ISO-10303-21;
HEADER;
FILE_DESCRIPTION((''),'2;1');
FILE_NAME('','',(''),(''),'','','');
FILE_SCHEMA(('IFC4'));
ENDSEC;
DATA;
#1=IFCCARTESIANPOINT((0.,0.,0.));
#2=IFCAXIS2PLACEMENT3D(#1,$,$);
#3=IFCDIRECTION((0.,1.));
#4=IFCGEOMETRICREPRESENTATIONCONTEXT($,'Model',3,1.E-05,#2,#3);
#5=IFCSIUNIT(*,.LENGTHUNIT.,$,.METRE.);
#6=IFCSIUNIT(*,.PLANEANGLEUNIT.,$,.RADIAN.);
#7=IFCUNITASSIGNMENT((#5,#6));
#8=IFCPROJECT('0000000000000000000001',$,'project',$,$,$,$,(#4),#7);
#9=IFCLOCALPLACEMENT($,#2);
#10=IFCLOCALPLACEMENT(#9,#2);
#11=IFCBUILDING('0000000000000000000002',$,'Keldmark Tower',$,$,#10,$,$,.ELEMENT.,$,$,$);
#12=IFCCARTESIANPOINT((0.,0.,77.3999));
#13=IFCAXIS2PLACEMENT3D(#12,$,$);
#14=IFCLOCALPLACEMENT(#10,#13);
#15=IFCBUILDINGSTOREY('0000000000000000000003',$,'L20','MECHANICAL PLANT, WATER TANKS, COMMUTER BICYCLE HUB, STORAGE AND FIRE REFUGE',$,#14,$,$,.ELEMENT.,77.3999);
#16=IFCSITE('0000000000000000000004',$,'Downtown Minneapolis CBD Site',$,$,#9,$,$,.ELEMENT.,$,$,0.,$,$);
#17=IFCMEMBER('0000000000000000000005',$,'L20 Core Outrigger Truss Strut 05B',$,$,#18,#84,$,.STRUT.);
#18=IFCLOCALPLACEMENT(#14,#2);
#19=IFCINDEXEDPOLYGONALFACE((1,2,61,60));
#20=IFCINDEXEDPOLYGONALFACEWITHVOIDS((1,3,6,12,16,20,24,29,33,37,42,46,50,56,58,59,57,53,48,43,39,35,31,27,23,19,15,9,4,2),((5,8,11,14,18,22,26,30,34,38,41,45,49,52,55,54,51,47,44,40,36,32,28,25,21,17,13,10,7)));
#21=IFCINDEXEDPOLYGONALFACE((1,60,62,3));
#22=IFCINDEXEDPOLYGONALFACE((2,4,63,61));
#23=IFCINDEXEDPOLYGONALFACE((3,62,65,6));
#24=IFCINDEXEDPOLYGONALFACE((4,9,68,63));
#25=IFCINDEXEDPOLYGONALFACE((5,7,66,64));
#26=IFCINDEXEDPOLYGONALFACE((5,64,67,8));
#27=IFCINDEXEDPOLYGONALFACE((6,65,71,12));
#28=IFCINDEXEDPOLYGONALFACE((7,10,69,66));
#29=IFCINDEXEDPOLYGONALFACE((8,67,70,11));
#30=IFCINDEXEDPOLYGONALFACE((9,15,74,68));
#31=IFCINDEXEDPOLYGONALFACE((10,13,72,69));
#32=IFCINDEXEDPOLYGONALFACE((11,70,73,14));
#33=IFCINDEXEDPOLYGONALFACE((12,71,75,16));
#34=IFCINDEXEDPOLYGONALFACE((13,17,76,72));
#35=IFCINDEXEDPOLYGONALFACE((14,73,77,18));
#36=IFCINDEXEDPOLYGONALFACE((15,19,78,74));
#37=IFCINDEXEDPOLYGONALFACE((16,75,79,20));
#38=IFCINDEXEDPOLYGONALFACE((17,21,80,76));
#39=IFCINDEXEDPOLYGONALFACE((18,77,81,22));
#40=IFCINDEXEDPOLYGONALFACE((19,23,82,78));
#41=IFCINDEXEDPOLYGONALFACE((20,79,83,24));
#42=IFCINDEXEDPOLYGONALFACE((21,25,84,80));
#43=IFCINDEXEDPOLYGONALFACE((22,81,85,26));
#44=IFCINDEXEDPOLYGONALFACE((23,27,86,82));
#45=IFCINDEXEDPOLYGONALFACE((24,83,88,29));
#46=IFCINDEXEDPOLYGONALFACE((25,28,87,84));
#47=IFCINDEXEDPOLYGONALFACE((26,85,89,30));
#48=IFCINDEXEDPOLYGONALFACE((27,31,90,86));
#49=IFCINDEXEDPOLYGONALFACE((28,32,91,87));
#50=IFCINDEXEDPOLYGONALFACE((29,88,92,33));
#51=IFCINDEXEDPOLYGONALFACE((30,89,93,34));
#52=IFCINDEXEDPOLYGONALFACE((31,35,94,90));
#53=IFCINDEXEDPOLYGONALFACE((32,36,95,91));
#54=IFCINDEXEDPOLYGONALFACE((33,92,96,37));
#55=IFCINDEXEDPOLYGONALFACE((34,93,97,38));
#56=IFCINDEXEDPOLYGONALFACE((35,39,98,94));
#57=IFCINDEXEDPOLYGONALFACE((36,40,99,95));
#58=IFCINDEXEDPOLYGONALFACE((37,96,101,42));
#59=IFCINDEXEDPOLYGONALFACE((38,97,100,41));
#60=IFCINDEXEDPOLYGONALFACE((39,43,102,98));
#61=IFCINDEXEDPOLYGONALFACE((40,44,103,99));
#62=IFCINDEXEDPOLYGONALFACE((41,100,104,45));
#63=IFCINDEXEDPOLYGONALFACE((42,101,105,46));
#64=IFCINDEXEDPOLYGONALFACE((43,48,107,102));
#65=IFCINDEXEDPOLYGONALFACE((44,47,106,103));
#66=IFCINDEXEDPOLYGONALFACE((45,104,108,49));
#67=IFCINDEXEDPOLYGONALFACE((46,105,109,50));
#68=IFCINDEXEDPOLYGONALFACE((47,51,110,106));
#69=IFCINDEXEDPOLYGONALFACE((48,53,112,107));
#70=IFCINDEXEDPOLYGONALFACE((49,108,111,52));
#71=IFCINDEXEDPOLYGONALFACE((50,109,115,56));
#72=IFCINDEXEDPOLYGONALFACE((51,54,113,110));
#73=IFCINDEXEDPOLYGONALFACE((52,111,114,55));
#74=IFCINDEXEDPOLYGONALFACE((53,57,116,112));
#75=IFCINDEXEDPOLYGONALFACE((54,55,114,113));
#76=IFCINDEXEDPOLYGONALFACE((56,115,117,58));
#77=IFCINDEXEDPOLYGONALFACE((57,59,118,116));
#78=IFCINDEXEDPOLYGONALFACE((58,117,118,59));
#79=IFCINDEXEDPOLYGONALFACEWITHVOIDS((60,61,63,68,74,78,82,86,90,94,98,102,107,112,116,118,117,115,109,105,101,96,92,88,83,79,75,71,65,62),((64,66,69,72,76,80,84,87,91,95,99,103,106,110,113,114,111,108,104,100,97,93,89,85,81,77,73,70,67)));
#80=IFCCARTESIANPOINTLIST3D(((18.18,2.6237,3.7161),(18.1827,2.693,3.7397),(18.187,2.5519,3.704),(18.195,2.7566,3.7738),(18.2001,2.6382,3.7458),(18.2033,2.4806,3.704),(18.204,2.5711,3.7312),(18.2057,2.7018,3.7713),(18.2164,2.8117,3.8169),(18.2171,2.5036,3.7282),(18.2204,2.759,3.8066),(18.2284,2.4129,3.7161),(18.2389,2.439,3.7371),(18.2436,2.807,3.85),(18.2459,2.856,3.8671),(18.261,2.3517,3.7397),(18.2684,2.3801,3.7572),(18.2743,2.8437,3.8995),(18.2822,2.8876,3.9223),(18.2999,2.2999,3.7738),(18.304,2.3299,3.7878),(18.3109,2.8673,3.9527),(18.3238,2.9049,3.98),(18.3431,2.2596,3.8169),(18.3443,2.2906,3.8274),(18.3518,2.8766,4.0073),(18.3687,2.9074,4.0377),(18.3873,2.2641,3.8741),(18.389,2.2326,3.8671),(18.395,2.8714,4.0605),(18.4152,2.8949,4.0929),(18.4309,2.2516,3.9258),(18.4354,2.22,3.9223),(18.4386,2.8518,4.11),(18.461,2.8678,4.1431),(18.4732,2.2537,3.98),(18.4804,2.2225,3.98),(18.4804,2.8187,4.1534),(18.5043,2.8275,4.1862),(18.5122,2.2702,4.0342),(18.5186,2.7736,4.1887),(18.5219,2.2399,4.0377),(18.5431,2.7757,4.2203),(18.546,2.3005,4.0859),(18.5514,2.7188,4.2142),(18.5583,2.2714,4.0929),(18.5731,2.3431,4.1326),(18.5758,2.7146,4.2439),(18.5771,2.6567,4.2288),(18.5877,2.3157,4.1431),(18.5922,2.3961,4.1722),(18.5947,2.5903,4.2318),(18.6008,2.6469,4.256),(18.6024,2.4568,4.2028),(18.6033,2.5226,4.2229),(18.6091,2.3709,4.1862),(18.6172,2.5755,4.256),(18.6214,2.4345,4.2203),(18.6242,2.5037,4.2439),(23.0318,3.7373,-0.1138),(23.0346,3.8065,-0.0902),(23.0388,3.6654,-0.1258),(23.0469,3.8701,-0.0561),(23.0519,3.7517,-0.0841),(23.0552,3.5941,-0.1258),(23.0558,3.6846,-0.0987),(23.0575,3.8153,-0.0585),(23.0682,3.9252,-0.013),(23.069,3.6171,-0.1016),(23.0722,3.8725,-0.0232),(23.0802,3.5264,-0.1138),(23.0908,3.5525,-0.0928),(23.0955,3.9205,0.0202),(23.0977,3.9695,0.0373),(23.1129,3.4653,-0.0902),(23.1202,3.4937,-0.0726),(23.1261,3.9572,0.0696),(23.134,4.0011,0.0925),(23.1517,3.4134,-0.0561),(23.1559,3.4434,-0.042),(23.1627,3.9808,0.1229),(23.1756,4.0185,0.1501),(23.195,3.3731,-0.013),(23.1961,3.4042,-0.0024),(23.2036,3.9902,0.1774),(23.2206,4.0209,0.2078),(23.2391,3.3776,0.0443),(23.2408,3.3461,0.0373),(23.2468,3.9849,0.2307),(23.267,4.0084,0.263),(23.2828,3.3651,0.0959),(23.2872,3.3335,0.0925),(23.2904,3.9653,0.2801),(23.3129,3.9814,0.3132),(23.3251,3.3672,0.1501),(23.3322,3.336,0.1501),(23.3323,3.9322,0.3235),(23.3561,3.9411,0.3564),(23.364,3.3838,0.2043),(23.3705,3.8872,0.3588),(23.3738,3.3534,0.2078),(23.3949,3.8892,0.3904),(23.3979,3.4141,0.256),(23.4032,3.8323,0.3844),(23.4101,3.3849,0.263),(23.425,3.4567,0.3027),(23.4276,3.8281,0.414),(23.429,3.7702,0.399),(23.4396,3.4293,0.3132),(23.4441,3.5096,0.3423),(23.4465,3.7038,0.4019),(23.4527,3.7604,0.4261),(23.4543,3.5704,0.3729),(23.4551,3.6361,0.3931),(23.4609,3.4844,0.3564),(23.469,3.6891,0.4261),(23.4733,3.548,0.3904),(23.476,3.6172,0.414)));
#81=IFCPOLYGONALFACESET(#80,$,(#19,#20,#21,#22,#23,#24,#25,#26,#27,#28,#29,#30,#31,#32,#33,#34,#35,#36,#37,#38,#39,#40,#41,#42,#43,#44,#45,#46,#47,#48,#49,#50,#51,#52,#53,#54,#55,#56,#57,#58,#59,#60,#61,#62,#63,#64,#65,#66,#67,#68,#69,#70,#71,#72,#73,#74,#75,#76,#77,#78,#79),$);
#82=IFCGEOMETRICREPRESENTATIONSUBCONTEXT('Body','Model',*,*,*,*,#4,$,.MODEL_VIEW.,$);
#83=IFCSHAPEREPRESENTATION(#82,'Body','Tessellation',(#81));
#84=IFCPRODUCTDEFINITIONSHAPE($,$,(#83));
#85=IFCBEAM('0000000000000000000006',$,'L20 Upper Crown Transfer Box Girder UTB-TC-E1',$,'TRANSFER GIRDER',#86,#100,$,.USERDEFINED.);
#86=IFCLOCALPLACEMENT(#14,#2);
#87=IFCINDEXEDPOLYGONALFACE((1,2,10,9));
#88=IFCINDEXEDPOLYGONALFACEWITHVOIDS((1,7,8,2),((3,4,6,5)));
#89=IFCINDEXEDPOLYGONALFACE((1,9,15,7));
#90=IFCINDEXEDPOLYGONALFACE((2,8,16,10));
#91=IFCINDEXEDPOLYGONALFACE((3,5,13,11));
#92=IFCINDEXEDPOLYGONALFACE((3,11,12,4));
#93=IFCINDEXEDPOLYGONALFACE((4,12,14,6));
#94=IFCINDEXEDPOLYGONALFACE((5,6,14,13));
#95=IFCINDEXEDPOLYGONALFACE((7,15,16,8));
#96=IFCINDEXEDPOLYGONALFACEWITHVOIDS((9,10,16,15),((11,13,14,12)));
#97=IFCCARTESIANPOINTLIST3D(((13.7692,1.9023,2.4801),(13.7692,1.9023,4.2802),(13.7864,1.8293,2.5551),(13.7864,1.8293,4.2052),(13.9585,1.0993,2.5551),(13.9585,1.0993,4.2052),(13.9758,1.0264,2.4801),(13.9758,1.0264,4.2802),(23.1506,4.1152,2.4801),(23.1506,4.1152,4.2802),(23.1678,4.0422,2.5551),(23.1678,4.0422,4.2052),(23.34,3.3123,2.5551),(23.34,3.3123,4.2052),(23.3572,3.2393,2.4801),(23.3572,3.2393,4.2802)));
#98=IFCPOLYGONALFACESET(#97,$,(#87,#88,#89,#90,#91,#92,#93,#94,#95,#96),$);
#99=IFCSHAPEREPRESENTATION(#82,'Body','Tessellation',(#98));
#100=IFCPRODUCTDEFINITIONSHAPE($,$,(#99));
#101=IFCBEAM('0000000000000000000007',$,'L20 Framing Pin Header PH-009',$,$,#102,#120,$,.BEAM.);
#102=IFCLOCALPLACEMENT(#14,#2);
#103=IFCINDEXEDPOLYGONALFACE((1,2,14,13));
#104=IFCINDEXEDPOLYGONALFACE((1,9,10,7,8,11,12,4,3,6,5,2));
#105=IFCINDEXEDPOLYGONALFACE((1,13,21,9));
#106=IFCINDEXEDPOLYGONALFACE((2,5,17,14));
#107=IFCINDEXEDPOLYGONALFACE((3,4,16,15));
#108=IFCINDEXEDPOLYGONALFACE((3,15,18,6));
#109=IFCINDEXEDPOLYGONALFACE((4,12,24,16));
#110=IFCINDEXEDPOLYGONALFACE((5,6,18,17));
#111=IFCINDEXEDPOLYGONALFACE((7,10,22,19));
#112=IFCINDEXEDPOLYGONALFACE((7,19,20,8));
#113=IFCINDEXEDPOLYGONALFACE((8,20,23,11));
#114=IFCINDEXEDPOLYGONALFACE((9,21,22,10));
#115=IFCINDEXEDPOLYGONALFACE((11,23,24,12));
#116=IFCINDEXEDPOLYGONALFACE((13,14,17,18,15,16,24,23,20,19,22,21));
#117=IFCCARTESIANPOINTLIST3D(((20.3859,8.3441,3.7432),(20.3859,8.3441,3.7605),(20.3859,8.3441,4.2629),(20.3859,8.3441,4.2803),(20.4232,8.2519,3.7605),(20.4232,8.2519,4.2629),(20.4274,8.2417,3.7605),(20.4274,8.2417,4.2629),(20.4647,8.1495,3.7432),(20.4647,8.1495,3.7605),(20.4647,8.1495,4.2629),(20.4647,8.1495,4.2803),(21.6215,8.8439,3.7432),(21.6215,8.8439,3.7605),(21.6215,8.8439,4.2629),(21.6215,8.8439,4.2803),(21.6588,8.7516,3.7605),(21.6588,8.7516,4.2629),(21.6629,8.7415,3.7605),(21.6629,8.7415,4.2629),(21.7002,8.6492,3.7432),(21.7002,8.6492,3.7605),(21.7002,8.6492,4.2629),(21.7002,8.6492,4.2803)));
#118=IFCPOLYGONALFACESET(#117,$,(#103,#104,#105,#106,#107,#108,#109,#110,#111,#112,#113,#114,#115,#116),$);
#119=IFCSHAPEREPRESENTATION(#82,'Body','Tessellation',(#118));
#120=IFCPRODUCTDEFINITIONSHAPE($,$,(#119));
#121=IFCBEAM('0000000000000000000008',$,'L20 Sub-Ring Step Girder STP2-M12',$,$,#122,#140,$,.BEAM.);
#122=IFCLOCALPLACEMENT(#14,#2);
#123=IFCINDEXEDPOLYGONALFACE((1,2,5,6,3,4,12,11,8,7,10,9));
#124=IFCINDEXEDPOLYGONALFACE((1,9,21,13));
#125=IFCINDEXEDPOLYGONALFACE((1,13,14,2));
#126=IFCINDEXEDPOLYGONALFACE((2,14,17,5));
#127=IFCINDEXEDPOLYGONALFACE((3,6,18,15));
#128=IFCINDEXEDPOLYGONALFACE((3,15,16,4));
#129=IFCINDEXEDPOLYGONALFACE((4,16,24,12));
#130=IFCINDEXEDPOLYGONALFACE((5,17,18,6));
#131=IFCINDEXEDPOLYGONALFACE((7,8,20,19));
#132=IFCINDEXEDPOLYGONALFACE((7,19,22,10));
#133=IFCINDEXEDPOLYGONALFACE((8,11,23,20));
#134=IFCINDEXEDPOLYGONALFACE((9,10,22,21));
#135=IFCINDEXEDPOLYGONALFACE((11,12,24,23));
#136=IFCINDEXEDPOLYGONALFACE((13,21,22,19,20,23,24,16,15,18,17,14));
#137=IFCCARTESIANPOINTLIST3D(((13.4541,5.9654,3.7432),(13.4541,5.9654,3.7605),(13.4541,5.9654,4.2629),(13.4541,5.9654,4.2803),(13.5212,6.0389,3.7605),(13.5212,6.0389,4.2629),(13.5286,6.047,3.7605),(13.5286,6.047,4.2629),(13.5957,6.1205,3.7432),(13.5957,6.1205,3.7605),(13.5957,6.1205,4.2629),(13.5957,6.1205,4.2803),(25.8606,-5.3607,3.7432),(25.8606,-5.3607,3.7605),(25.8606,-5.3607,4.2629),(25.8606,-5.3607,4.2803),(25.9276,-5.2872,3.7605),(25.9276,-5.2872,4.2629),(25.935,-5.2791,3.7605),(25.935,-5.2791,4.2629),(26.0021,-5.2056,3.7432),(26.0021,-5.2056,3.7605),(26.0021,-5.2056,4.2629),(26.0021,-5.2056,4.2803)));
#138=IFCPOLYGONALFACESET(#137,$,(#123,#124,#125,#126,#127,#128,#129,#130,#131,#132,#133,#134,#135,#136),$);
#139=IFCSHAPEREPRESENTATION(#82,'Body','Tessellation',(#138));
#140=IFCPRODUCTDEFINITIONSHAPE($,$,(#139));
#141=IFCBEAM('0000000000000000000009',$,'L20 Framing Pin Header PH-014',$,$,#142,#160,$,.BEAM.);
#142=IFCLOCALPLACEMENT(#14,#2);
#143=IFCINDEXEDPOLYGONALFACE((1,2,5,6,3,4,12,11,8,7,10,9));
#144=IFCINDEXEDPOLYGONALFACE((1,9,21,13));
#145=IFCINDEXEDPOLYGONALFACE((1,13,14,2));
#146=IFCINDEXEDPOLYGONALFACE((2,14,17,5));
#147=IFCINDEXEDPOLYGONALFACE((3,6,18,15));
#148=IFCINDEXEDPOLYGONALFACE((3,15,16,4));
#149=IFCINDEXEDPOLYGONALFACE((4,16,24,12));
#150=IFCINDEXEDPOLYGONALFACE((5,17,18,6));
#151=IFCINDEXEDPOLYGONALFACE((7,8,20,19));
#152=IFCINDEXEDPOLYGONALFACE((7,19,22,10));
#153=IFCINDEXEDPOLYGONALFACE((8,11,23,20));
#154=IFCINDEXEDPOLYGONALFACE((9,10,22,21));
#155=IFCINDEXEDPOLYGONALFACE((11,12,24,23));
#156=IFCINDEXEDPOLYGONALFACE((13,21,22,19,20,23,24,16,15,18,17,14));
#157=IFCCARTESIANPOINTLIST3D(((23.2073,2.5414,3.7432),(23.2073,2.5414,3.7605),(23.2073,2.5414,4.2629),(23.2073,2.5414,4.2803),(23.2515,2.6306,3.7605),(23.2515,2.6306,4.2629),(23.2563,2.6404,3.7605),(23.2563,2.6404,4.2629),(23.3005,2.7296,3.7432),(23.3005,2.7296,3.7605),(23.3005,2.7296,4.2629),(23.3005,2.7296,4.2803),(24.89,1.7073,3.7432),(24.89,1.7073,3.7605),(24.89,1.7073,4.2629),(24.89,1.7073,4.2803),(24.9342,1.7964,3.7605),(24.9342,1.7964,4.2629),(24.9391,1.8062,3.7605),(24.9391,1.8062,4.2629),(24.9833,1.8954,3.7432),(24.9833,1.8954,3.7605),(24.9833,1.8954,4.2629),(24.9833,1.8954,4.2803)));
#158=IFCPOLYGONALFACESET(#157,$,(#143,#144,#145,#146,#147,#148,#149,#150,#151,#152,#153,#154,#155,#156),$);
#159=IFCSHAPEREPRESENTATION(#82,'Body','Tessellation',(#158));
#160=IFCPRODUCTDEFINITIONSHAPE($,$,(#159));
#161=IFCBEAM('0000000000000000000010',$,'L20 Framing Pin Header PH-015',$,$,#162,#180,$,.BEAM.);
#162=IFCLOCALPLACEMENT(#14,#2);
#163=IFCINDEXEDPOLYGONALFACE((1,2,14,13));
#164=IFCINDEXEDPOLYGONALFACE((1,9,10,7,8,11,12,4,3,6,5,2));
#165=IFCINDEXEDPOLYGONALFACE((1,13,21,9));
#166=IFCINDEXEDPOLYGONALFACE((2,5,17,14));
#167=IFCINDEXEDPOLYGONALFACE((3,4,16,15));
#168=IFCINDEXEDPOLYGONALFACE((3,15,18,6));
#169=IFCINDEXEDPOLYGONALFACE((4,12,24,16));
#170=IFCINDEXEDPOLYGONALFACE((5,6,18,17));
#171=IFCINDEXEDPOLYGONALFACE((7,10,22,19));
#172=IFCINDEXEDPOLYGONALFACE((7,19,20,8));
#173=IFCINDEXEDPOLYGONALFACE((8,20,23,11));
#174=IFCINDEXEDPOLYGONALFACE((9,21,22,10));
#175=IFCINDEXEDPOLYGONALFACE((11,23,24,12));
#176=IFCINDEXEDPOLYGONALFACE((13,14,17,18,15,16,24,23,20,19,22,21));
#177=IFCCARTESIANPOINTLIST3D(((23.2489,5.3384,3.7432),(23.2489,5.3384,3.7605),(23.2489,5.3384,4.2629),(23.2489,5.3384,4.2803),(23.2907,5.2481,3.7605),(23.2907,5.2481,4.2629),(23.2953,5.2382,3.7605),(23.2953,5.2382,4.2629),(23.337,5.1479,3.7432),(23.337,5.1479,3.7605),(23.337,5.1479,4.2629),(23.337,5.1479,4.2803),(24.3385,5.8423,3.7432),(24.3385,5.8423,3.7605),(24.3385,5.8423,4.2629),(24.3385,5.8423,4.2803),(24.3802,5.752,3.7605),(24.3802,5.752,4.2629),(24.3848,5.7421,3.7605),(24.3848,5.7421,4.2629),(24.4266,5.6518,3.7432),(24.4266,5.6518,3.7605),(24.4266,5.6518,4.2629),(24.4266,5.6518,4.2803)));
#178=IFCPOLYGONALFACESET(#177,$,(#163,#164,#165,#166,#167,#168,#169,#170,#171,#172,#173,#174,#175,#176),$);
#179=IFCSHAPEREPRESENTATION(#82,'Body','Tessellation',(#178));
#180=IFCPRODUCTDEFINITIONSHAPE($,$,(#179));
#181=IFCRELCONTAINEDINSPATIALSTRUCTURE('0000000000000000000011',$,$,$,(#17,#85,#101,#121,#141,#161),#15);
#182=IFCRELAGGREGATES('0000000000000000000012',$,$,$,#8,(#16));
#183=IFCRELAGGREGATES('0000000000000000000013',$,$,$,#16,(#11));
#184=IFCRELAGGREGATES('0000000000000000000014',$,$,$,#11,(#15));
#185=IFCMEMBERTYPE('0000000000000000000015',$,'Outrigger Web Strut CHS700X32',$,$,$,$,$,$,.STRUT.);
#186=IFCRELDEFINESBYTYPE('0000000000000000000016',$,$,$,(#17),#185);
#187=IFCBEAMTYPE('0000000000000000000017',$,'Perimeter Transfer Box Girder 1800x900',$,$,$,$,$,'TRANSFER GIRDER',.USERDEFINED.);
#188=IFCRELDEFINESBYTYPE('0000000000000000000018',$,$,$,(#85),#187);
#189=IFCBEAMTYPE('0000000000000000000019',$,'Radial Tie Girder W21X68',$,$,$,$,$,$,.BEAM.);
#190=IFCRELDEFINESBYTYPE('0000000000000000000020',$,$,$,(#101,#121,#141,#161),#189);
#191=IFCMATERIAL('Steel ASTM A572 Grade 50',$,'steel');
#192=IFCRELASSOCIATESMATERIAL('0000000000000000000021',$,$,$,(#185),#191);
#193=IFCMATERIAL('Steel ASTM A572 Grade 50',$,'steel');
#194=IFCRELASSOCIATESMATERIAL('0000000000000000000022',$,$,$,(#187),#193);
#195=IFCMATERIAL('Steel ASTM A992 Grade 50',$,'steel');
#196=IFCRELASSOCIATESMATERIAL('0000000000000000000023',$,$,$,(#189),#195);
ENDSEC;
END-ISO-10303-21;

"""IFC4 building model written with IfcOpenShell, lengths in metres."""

from ifc_helpers import new_model, si_unit, direction, frame, origin, origin_2d, place, context, subcontext, project, spatial, hollow_rectangle, hollow_circle, i_section, extrude, material, material_profile, profile_set, type_object, element, save


model = new_model("IFC4")

# Units and contexts
model_context = context("Model", 3, precision=1e-05, world=origin(), true_north=direction((0.0, 1.0)))
body_context = subcontext(model_context, "Body", "Model", "MODEL_VIEW")
ifc_project = project(units=[si_unit("LENGTHUNIT", "METRE"), si_unit("PLANEANGLEUNIT", "RADIAN")], contexts=[model_context])

# Site, building, storey
site_placement = place(None, origin())
site = spatial("IfcSite", under=ifc_project, at=site_placement, Name="Downtown Minneapolis CBD Site", CompositionType="ELEMENT", RefElevation=0.0)
building_placement = place(site_placement, origin())
building = spatial("IfcBuilding", under=site, at=building_placement, Name="Keldmark Tower", CompositionType="ELEMENT")
storey_placement = place(building_placement, frame((0.0, 0.0, 77.3999)))
storey = spatial("IfcBuildingStorey", under=building, at=storey_placement, Name="L20", Description="MECHANICAL PLANT, WATER TANKS, COMMUTER BICYCLE HUB, STORAGE AND FIRE REFUGE", CompositionType="ELEMENT", Elevation=77.3999)

# Member
ifc_material_1 = material(Name="Steel ASTM A572 Grade 50", Category="steel")
ifc_material_profile_1 = material_profile(ifc_material_1, hollow_circle(Radius=0.3501, WallThickness=0.032, at=origin_2d()), Name="CHS700X32")
ifc_profile_set_1 = profile_set([ifc_material_profile_1], Name="Steel ASTM A572 Grade 50")
member_type_1 = type_object("IfcMemberType", Name="Outrigger Web Strut CHS700X32", PredefinedType="STRUT", material=ifc_profile_set_1)
member_1_placement = place(storey_placement, frame((23.2539, 3.6772, 0.1501), z_axis=(-0.772491, -0.177292, 0.609775), x_axis=(0.223692, -0.97466, 0.0)))
element("IfcMember", 1, at=member_1_placement, inside=storey, type_object=member_type_1, Name="L20 Core Outrigger Truss Strut 05B", PredefinedType="STRUT", context=body_context, shape_type="SweptSolid", body=[
    extrude(hollow_circle(Radius=0.3501, WallThickness=0.032, at=origin_2d()), origin(), (0.0, 0.0, 1.0), 6.2808),
])

# Beams
ifc_material_2 = material(Name="Steel ASTM A572 Grade 50", Category="steel")
ifc_material_profile_2 = material_profile(ifc_material_2, hollow_rectangle(XDim=0.8999, YDim=1.8, WallThickness=0.075, at=origin_2d()), Name="TBOX1800X900X75")
ifc_profile_set_2 = profile_set([ifc_material_profile_2], Name="Steel ASTM A572 Grade 50")
beam_type_1 = type_object("IfcBeamType", Name="Perimeter Transfer Box Girder 1800x900", ElementType="TRANSFER GIRDER", PredefinedType="USERDEFINED", material=ifc_profile_set_2)
beam_1_placement = place(storey_placement, frame((23.2539, 3.6772, 3.3801), z_axis=(-0.973289, -0.229581, 0.0), x_axis=(0.229581, -0.973289, 0.0)))
element("IfcBeam", 2, at=beam_1_placement, inside=storey, type_object=beam_type_1, Name="L20 Upper Crown Transfer Box Girder UTB-TC-E1", ObjectType="TRANSFER GIRDER", PredefinedType="USERDEFINED", context=body_context, shape_type="SweptSolid", body=[
    extrude(hollow_rectangle(XDim=0.8999, YDim=1.8, WallThickness=0.075, at=origin_2d()), origin(), (0.0, 0.0, 1.0), 9.6389),
])
ifc_material_3 = material(Name="Steel ASTM A992 Grade 50", Category="steel")
ifc_material_profile_3 = material_profile(ifc_material_3, i_section(OverallWidth=0.21, OverallDepth=0.5371, WebThickness=0.011, FlangeThickness=0.0173, at=origin_2d()), Name="W21X68")
ifc_profile_set_3 = profile_set([ifc_material_profile_3], Name="Steel ASTM A992 Grade 50")
beam_type_2 = type_object("IfcBeamType", Name="Radial Tie Girder W21X68", PredefinedType="BEAM", material=ifc_profile_set_3)
beam_2_placement = place(storey_placement, frame((20.4253, 8.2468, 4.0117), z_axis=(0.927042, 0.374957, 0.0), x_axis=(-0.374957, 0.927042, 0.0)))
element("IfcBeam", 3, at=beam_2_placement, inside=storey, type_object=beam_type_2, Name="L20 Framing Pin Header PH-009", PredefinedType="BEAM", context=body_context, shape_type="SweptSolid", body=[
    extrude(i_section(OverallWidth=0.21, OverallDepth=0.5371, WebThickness=0.011, FlangeThickness=0.0173, at=origin_2d()), origin(), (0.0, 0.0, 1.0), 1.3328),
])
beam_3_placement = place(storey_placement, frame((13.5249, 6.043, 4.0117), z_axis=(0.73853, -0.674221, 0.0), x_axis=(0.674221, 0.73853, 0.0)))
element("IfcBeam", 4, at=beam_3_placement, inside=storey, type_object=beam_type_2, Name="L20 Sub-Ring Step Girder STP2-M12", PredefinedType="BEAM", context=body_context, shape_type="SweptSolid", body=[
    extrude(i_section(OverallWidth=0.21, OverallDepth=0.5371, WebThickness=0.011, FlangeThickness=0.0173, at=origin_2d()), origin(), (0.0, 0.0, 1.0), 16.7988),
])
beam_4_placement = place(storey_placement, frame((23.2539, 2.6355, 4.0117), z_axis=(0.895956, -0.444143, 0.0), x_axis=(0.444143, 0.895956, 0.0)))
element("IfcBeam", 5, at=beam_4_placement, inside=storey, type_object=beam_type_2, Name="L20 Framing Pin Header PH-014", PredefinedType="BEAM", context=body_context, shape_type="SweptSolid", body=[
    extrude(i_section(OverallWidth=0.21, OverallDepth=0.5371, WebThickness=0.011, FlangeThickness=0.0173, at=origin_2d()), origin(), (0.0, 0.0, 1.0), 1.8782),
])
beam_5_placement = place(storey_placement, frame((23.293, 5.2432, 4.0117), z_axis=(0.907638, 0.419754, 0.0), x_axis=(-0.419754, 0.907638, 0.0)))
element("IfcBeam", 6, at=beam_5_placement, inside=storey, type_object=beam_type_2, Name="L20 Framing Pin Header PH-015", PredefinedType="BEAM", context=body_context, shape_type="SweptSolid", body=[
    extrude(i_section(OverallWidth=0.21, OverallDepth=0.5371, WebThickness=0.011, FlangeThickness=0.0173, at=origin_2d()), origin(), (0.0, 0.0, 1.0), 1.2004),
])

save(model, "model.ifc")
